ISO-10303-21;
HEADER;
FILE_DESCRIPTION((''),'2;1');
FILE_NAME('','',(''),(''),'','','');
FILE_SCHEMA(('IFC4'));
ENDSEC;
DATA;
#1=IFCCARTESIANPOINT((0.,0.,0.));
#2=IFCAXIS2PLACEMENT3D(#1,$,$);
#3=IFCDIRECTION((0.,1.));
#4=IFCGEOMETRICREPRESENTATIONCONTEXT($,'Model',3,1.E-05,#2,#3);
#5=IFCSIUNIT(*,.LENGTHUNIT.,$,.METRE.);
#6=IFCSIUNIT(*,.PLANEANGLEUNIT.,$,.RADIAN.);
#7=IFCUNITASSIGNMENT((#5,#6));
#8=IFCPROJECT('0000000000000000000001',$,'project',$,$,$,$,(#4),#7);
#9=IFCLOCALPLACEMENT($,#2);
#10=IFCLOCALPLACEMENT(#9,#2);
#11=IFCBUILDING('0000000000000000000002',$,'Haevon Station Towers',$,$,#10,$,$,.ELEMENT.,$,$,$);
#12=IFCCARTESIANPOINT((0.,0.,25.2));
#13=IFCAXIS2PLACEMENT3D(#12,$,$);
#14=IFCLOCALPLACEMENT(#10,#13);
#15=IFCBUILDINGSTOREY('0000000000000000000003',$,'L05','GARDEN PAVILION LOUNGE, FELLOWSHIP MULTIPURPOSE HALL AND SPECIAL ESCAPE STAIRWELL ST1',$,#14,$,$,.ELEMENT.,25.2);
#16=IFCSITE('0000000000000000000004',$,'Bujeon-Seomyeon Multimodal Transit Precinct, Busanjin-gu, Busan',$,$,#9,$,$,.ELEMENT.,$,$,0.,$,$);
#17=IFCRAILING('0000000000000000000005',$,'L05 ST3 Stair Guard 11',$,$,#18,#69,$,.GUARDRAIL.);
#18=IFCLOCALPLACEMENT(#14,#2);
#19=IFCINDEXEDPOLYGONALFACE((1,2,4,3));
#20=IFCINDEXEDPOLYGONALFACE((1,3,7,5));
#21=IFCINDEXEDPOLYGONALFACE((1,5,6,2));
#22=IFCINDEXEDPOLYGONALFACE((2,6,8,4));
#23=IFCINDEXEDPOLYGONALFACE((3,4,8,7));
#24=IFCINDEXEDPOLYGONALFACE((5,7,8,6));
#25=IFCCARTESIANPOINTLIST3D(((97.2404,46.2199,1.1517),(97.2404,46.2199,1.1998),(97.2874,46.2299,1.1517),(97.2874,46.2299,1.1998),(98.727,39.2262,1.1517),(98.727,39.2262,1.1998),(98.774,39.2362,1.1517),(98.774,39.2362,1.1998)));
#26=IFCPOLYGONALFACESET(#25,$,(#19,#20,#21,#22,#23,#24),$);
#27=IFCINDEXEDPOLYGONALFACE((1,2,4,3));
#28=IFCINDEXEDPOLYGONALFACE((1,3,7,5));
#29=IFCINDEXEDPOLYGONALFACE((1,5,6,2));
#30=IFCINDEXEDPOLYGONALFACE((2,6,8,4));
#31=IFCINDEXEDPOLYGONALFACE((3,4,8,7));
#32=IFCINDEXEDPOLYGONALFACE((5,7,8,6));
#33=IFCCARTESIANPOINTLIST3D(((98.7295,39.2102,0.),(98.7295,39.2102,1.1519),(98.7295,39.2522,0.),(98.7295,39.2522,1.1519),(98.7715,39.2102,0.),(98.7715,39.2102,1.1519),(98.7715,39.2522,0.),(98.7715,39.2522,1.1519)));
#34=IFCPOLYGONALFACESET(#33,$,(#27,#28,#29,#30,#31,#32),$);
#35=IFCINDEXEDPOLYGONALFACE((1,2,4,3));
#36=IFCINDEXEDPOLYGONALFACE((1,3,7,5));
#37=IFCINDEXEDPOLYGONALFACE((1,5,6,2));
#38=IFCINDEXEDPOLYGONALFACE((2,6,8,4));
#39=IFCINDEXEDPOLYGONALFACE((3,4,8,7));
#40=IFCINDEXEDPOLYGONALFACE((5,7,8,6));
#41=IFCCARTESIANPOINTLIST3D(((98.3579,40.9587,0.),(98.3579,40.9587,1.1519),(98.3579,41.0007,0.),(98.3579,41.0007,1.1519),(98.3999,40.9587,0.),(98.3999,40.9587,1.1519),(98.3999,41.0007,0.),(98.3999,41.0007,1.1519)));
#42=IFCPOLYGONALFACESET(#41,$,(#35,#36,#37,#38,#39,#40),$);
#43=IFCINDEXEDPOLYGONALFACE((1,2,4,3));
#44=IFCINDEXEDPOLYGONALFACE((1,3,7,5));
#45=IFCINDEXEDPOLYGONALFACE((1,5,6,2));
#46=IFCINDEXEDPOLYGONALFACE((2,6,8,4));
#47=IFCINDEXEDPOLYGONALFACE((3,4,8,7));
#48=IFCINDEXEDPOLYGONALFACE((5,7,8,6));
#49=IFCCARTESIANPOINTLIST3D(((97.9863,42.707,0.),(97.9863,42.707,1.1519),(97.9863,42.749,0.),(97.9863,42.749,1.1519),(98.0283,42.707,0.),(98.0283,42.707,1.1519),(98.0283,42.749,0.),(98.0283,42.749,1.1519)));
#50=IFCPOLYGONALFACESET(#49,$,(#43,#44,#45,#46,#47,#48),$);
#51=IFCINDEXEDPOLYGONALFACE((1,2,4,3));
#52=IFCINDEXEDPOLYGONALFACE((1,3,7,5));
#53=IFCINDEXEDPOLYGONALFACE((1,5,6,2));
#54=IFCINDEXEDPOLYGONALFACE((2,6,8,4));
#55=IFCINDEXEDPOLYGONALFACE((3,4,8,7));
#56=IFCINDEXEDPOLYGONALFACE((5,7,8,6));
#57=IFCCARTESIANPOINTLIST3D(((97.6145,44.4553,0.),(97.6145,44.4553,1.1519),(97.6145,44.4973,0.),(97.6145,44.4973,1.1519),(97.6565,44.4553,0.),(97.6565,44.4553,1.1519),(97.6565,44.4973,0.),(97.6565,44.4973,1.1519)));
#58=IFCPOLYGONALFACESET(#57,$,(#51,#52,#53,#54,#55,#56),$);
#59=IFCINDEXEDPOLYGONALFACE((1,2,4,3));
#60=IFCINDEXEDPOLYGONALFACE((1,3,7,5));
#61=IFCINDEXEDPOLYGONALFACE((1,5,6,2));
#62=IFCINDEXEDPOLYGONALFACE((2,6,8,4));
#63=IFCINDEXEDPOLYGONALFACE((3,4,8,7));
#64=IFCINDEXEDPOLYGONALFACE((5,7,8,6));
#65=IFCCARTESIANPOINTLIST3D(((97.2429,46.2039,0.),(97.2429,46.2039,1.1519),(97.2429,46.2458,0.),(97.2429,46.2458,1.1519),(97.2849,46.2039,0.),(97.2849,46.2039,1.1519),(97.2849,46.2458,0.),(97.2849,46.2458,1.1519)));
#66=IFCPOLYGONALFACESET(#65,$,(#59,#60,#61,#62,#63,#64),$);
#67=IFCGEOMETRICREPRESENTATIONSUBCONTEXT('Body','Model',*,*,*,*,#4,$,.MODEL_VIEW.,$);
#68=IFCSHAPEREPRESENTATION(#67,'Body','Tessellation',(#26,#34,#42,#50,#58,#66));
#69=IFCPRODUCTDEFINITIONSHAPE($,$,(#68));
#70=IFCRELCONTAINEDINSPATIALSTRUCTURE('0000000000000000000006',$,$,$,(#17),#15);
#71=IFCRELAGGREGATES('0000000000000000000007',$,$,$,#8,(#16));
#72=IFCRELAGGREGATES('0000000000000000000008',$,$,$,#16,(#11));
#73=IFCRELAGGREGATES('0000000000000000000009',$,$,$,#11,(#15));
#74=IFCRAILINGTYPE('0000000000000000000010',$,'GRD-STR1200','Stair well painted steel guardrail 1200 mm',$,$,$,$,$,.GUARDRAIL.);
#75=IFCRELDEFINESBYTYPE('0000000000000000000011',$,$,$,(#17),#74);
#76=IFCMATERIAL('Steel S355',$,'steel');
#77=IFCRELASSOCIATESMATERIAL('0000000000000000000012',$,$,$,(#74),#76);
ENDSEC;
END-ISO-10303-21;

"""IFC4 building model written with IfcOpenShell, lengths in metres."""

from ifc_helpers import new_model, si_unit, direction, frame, origin, origin_2d, place, context, subcontext, project, spatial, rectangle, extrude, material, type_object, element, save


model = new_model("IFC4")

# Units and contexts
model_context = context("Model", 3, precision=1e-05, world=origin(), true_north=direction((0.0, 1.0)))
body_context = subcontext(model_context, "Body", "Model", "MODEL_VIEW")
ifc_project = project(units=[si_unit("LENGTHUNIT", "METRE"), si_unit("PLANEANGLEUNIT", "RADIAN")], contexts=[model_context])

# Site, building, storey
site_placement = place(None, origin())
site = spatial("IfcSite", under=ifc_project, at=site_placement, Name="Bujeon-Seomyeon Multimodal Transit Precinct, Busanjin-gu, Busan", CompositionType="ELEMENT", RefElevation=0.0)
building_placement = place(site_placement, origin())
building = spatial("IfcBuilding", under=site, at=building_placement, Name="Haevon Station Towers", CompositionType="ELEMENT")
storey_placement = place(building_placement, frame((0.0, 0.0, 25.2)))
storey = spatial("IfcBuildingStorey", under=building, at=storey_placement, Name="L05", Description="GARDEN PAVILION LOUNGE, FELLOWSHIP MULTIPURPOSE HALL AND SPECIAL ESCAPE STAIRWELL ST1", CompositionType="ELEMENT", Elevation=25.2)

# Shared definitions
ifc_material_1 = material(Name="Steel S355", Category="steel")

# Railing
railing_type = type_object("IfcRailingType", Name="GRD-STR1200", Description="Stair well painted steel guardrail 1200 mm", PredefinedType="GUARDRAIL", material=ifc_material_1)
railing_1_placement = place(storey_placement, frame((98.7505, 39.2312, 0.0)))
element("IfcRailing", 1, at=railing_1_placement, inside=storey, type_object=railing_type, Name="L05 ST3 Stair Guard 11", PredefinedType="GUARDRAIL", context=body_context, shape_type="SweptSolid", body=[
    extrude(rectangle(XDim=0.0481, YDim=0.0481, at=origin_2d()), frame((0.0, 0.0, 1.1758), z_axis=(-0.207915, 0.978147, 0.0), x_axis=(-0.978147, -0.207915, 0.0)), (0.0, 0.0, 1.0), 7.1499),
    extrude(rectangle(XDim=0.042, YDim=0.042, at=origin_2d()), origin(), (0.0, 0.0, 1.0), 1.1519),
    extrude(rectangle(XDim=0.042, YDim=0.042, at=origin_2d()), frame((-0.3716, 1.7485, 0.0)), (0.0, 0.0, 1.0), 1.1519),
    extrude(rectangle(XDim=0.042, YDim=0.042, at=origin_2d()), frame((-0.7432, 3.4968, 0.0)), (0.0, 0.0, 1.0), 1.1519),
    extrude(rectangle(XDim=0.042, YDim=0.042, at=origin_2d()), frame((-1.115, 5.2451, 0.0)), (0.0, 0.0, 1.0), 1.1519),
    extrude(rectangle(XDim=0.042, YDim=0.042, at=origin_2d()), frame((-1.4866, 6.9937, 0.0)), (0.0, 0.0, 1.0), 1.1519),
])

save(model, "model.ifc")
